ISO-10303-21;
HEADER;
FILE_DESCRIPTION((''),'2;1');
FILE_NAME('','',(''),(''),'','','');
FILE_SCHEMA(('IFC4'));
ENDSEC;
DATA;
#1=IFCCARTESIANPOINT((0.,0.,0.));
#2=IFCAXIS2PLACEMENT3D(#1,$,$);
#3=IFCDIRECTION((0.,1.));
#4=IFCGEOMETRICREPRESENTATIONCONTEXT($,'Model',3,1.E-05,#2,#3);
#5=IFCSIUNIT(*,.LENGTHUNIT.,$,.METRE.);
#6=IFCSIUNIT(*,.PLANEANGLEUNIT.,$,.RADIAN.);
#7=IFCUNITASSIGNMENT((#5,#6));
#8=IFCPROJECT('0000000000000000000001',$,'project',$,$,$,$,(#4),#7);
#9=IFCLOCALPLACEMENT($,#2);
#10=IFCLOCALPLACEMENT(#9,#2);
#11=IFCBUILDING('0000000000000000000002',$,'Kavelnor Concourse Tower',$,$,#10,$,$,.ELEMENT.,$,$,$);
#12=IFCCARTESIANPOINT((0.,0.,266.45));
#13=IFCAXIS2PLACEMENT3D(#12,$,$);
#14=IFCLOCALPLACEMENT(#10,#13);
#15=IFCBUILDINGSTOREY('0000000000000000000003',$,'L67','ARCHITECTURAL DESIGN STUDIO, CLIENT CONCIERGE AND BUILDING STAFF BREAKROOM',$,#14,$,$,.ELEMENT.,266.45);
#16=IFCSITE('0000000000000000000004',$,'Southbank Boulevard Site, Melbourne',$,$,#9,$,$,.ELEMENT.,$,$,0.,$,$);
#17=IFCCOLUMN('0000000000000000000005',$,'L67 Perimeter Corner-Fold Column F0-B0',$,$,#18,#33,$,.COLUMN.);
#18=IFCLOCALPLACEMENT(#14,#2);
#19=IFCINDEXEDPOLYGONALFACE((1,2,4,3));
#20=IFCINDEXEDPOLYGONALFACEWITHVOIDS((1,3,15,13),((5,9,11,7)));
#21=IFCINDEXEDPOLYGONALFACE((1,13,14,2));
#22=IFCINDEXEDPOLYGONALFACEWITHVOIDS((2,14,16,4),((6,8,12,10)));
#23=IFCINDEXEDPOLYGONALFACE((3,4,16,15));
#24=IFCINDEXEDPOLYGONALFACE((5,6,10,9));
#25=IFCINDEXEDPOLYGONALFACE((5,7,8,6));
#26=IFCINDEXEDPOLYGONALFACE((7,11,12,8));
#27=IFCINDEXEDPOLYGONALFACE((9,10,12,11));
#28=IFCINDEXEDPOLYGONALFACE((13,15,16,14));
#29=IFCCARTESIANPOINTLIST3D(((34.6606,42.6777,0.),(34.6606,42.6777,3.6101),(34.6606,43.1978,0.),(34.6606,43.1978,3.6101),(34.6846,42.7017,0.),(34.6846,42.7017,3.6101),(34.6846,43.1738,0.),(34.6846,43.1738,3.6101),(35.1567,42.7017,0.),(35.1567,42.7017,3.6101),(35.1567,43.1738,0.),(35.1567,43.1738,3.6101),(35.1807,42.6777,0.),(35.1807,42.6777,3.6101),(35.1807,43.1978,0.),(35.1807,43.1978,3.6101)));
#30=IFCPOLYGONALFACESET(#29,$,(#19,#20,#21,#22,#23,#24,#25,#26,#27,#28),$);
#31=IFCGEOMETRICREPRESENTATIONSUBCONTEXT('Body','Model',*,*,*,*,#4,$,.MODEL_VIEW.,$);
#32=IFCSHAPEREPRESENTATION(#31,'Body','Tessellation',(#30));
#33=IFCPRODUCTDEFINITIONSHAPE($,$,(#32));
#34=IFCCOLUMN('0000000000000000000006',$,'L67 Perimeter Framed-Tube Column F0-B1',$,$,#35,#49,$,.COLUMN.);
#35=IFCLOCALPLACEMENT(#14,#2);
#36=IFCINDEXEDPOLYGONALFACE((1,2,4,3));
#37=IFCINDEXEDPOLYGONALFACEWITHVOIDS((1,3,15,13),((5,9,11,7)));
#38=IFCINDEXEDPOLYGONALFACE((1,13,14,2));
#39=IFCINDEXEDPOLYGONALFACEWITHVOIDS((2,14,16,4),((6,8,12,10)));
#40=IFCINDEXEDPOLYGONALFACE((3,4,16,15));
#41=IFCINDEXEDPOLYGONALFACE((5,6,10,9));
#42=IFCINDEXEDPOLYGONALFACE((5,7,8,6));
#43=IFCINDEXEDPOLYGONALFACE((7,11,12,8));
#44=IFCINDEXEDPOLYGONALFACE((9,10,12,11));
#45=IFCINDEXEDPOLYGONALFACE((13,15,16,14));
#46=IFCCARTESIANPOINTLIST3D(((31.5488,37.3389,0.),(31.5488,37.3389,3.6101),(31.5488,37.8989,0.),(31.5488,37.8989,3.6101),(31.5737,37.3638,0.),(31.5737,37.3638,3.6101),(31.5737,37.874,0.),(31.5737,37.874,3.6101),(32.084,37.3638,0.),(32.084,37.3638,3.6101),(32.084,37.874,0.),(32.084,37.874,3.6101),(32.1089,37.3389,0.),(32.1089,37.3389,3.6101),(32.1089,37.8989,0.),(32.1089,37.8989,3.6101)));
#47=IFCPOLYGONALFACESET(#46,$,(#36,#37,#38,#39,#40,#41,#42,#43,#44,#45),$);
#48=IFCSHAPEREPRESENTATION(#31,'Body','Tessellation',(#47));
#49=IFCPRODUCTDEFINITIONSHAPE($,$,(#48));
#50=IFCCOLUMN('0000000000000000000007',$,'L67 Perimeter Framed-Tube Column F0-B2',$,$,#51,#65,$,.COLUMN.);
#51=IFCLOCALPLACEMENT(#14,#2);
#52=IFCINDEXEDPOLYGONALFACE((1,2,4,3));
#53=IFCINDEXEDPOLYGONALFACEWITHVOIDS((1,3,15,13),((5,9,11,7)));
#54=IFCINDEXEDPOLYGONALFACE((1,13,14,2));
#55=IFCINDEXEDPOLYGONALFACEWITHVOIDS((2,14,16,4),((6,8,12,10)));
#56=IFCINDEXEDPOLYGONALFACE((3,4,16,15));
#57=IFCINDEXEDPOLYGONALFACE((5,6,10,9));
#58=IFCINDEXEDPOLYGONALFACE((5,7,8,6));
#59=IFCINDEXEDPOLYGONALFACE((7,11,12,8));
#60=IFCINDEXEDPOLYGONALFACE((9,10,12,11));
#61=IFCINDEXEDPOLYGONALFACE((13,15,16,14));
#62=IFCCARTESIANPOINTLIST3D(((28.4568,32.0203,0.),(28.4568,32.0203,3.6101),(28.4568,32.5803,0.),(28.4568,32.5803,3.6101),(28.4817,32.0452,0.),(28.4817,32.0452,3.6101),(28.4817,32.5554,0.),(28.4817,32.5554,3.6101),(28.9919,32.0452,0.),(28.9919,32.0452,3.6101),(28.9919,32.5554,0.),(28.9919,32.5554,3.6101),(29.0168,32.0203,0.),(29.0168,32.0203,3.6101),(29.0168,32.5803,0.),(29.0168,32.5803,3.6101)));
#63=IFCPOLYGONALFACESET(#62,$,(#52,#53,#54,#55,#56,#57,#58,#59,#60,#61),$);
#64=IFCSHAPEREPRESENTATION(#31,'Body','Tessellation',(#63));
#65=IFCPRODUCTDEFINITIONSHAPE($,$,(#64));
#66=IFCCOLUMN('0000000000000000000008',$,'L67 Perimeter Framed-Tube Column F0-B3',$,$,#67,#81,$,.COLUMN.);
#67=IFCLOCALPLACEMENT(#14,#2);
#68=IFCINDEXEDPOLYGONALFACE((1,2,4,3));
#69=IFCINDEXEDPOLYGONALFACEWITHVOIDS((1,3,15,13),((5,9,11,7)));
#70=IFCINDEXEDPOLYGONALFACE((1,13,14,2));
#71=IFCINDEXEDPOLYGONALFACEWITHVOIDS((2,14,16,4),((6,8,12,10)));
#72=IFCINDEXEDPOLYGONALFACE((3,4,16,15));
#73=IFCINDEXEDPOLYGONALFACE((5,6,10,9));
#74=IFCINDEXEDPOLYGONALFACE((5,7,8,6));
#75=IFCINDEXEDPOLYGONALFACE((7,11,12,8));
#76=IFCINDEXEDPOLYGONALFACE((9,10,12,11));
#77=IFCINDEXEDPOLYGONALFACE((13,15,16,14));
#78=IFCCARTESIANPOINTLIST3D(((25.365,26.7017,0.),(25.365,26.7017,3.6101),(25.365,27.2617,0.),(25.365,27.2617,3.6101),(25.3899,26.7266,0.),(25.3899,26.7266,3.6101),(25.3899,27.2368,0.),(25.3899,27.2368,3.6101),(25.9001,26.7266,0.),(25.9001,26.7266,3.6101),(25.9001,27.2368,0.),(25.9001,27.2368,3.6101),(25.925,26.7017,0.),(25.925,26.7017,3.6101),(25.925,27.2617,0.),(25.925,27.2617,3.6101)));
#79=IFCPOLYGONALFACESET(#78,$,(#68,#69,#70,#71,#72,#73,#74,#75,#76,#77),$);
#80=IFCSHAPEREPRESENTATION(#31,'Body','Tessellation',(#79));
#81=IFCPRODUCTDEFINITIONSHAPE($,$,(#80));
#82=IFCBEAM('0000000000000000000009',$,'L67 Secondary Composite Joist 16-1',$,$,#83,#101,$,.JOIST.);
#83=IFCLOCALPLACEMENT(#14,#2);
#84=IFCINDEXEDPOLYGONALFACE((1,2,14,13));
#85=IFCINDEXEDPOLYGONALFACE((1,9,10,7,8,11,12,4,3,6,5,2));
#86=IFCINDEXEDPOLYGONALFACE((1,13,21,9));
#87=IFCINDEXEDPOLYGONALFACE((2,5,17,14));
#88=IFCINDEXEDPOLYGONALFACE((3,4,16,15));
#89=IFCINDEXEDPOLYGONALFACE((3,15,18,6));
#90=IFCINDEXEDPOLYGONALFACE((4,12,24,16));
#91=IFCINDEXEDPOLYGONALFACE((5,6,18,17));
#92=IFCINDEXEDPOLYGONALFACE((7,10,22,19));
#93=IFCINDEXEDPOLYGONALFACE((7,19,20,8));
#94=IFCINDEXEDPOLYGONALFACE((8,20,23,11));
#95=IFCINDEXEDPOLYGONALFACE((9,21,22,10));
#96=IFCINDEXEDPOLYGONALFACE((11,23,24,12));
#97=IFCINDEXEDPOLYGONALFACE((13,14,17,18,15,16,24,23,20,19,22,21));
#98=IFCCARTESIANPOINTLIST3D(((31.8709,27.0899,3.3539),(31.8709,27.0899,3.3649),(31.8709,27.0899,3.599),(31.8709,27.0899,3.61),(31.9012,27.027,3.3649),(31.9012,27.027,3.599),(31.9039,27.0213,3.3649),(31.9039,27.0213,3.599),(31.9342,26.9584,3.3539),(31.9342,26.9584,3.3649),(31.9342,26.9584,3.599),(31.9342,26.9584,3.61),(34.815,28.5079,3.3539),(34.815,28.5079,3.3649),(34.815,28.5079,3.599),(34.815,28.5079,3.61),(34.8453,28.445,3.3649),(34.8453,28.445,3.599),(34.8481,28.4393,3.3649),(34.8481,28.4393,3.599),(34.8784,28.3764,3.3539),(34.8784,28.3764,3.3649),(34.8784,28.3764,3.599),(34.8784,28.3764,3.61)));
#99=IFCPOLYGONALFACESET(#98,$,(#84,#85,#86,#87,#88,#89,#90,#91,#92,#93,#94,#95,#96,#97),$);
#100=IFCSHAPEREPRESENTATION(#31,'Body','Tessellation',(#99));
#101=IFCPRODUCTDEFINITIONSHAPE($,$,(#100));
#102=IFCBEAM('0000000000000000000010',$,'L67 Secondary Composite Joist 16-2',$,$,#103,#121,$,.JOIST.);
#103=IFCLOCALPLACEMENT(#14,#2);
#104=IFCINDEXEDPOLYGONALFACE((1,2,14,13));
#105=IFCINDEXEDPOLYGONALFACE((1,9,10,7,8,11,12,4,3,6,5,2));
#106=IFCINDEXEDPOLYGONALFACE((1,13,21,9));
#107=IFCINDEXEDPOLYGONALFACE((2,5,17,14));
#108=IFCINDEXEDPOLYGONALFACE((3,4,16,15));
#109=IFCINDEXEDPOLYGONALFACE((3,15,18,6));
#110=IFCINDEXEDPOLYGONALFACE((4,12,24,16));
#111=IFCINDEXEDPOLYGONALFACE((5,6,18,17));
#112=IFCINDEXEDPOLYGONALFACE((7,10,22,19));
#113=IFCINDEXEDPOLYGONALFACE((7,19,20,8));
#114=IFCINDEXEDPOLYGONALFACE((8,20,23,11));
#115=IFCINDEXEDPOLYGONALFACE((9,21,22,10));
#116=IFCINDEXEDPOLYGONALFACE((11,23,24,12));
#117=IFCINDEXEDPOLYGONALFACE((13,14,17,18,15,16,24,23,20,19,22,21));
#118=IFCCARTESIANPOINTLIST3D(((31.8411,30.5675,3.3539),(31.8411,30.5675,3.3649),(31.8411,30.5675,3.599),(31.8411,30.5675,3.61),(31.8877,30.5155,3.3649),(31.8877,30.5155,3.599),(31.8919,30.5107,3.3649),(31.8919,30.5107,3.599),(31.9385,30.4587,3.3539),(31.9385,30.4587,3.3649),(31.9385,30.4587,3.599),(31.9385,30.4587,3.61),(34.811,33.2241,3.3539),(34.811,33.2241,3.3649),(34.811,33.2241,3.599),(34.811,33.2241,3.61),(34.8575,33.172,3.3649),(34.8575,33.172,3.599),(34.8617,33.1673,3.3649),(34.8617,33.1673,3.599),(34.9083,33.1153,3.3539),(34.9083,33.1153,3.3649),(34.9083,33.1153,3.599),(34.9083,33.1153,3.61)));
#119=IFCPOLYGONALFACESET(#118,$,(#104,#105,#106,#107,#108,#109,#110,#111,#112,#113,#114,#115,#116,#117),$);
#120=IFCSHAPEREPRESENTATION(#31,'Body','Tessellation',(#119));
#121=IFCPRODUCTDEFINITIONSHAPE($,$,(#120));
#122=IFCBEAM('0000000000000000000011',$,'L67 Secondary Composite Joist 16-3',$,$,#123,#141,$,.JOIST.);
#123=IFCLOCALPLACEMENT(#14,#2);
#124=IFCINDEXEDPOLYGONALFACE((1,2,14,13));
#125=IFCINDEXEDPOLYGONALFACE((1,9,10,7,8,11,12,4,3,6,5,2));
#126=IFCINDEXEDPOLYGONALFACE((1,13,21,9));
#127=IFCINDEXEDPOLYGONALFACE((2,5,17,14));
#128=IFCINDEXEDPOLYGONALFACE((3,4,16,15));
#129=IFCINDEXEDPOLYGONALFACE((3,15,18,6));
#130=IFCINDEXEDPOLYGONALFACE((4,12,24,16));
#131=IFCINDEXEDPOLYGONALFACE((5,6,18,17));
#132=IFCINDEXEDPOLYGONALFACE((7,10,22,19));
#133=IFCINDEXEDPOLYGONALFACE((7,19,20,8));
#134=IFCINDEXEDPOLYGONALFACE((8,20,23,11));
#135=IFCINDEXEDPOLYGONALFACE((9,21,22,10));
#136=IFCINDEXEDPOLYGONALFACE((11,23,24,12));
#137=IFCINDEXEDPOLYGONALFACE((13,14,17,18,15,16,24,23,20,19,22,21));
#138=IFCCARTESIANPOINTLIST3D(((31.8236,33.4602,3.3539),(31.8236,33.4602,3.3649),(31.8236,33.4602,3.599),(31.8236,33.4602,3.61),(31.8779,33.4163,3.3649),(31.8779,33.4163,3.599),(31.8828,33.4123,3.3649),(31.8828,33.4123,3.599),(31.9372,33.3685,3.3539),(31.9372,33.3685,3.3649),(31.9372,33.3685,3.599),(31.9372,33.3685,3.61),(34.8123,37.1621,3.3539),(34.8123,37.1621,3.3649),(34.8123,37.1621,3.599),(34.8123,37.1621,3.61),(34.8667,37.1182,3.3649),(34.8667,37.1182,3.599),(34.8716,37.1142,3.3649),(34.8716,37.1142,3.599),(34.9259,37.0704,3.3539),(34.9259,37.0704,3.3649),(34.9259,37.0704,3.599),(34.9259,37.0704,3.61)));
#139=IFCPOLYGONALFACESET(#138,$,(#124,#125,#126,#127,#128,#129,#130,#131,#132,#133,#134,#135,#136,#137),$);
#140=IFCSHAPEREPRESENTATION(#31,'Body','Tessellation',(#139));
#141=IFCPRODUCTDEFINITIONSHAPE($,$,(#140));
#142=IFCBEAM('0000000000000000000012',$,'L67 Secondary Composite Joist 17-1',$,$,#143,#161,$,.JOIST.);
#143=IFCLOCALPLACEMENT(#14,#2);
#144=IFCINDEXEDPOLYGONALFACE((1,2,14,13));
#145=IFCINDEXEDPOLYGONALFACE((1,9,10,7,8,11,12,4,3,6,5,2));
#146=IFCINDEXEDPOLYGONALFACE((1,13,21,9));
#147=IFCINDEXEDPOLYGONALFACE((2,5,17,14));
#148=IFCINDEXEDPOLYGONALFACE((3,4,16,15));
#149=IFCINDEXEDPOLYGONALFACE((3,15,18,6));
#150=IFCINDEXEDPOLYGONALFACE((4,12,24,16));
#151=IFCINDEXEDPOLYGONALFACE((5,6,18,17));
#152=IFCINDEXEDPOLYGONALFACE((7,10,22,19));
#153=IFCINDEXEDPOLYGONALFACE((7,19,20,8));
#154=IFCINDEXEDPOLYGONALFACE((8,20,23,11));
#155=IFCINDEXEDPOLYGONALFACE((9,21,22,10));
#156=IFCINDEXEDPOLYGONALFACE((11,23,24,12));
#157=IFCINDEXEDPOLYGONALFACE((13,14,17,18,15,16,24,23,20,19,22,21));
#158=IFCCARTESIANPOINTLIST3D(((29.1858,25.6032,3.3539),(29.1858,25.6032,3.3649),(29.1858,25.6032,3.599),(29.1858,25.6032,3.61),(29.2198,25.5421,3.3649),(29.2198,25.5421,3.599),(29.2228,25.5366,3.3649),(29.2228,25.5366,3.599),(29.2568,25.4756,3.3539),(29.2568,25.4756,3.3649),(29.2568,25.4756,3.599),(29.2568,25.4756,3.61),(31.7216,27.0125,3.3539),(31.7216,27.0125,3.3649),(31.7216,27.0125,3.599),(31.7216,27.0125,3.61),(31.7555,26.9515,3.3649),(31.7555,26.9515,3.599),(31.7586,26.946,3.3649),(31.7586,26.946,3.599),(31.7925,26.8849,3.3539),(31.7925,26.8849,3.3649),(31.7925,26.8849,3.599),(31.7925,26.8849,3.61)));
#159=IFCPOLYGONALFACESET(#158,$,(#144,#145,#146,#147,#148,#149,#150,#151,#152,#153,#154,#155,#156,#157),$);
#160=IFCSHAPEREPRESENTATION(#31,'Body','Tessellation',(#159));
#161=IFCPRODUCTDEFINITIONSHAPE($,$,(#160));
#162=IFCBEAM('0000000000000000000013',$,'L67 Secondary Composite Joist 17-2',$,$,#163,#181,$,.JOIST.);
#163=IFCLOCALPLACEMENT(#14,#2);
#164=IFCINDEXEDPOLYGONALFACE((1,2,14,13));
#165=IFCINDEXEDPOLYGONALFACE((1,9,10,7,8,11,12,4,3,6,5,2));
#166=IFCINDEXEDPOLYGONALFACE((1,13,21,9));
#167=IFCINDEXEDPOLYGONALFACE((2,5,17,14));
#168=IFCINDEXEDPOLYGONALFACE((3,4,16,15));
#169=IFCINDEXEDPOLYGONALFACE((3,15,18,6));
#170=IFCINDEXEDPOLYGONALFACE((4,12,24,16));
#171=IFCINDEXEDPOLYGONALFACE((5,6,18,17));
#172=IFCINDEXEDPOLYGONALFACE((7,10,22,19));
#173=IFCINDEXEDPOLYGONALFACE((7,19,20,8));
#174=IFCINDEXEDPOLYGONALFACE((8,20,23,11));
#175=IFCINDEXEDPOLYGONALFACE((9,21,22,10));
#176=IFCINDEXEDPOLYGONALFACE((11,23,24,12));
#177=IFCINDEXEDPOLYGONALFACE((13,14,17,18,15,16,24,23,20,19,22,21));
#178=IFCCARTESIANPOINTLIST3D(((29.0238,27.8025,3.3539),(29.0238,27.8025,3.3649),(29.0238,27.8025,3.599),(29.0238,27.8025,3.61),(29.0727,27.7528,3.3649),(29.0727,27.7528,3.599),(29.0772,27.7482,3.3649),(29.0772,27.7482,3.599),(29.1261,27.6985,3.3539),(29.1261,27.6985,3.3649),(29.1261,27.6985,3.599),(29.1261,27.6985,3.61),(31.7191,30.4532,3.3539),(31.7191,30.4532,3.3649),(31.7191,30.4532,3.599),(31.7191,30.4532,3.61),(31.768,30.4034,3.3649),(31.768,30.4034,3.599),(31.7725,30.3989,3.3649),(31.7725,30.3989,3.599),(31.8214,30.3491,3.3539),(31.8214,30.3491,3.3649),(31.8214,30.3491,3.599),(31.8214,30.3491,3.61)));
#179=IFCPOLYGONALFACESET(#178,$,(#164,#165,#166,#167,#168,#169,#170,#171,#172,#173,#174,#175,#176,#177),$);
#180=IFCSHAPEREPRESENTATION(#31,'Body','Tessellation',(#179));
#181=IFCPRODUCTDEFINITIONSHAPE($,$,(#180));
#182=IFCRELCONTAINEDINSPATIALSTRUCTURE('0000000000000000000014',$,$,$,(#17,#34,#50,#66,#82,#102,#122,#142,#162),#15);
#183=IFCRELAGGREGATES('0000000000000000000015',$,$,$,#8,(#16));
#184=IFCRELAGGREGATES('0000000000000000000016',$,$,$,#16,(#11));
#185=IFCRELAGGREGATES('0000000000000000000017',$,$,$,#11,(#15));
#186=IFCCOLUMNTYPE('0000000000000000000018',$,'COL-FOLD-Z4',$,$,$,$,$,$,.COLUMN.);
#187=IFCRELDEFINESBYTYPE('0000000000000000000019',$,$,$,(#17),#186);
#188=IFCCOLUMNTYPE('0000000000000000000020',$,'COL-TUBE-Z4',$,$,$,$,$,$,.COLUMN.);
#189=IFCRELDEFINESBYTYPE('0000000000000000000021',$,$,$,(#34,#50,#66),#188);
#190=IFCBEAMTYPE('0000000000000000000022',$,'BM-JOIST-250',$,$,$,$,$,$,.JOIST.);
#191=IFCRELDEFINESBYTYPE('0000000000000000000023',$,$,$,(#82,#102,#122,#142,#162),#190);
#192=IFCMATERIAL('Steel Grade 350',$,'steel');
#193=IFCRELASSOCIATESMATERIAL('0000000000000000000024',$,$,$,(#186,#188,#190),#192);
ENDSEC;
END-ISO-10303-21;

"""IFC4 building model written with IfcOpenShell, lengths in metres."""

from ifc_helpers import new_model, si_unit, direction, frame, origin, origin_2d, place, context, subcontext, project, spatial, hollow_rectangle, i_section, extrude, material, material_profile, profile_set, type_object, element, save


model = new_model("IFC4")

# Units and contexts
model_context = context("Model", 3, precision=1e-05, world=origin(), true_north=direction((0.0, 1.0)))
body_context = subcontext(model_context, "Body", "Model", "MODEL_VIEW")
ifc_project = project(units=[si_unit("LENGTHUNIT", "METRE"), si_unit("PLANEANGLEUNIT", "RADIAN")], contexts=[model_context])

# Site, building, storey
site_placement = place(None, origin())
site = spatial("IfcSite", under=ifc_project, at=site_placement, Name="Southbank Boulevard Site, Melbourne", CompositionType="ELEMENT", RefElevation=0.0)
building_placement = place(site_placement, origin())
building = spatial("IfcBuilding", under=site, at=building_placement, Name="Kavelnor Concourse Tower", CompositionType="ELEMENT")
storey_placement = place(building_placement, frame((0.0, 0.0, 266.45)))
storey = spatial("IfcBuildingStorey", under=building, at=storey_placement, Name="L67", Description="ARCHITECTURAL DESIGN STUDIO, CLIENT CONCIERGE AND BUILDING STAFF BREAKROOM", CompositionType="ELEMENT", Elevation=266.45)

# Columns
ifc_material_1 = material(Name="Steel Grade 350", Category="steel")
ifc_material_profile_1 = material_profile(ifc_material_1, hollow_rectangle(XDim=0.52, YDim=0.52, WallThickness=0.0239, at=origin_2d()), Name="SHS 520x520x24")
ifc_profile_set_1 = profile_set([ifc_material_profile_1], Name="Steel Grade 350")
column_type_1 = type_object("IfcColumnType", Name="COL-FOLD-Z4", PredefinedType="COLUMN", material=ifc_profile_set_1)
column_placement = place(storey_placement, frame((34.9207, 42.9377, 0.0), z_axis=(0.0, 0.0, 1.0), x_axis=(1.0, 0.0, 0.0)))
element("IfcColumn", 1, at=column_placement, inside=storey, type_object=column_type_1, Name="L67 Perimeter Corner-Fold Column F0-B0", PredefinedType="COLUMN", context=body_context, shape_type="SweptSolid", body=[
    extrude(hollow_rectangle(XDim=0.52, YDim=0.52, WallThickness=0.0239, at=origin_2d()), origin(), (0.0, 0.0, 1.0), 3.6101),
])
ifc_material_profile_2 = material_profile(ifc_material_1, hollow_rectangle(XDim=0.5601, YDim=0.5601, WallThickness=0.0249, at=origin_2d()), Name="SHS 560x560x25")
ifc_profile_set_2 = profile_set([ifc_material_profile_2], Name="Steel Grade 350")
column_type_2 = type_object("IfcColumnType", Name="COL-TUBE-Z4", PredefinedType="COLUMN", material=ifc_profile_set_2)
for number, where, z_axis, x_axis, name in (
    (2, (31.8289, 37.6189, 0.0), (0.0, 0.0, 1.0), (1.0, 0.0, 0.0), "L67 Perimeter Framed-Tube Column F0-B1"),
    (3, (28.7368, 32.3003, 0.0), (0.0, 0.0, 1.0), (1.0, 0.0, 0.0), "L67 Perimeter Framed-Tube Column F0-B2"),
    (4, (25.645, 26.9817, 0.0), (0.0, 0.0, 1.0), (1.0, 0.0, 0.0), "L67 Perimeter Framed-Tube Column F0-B3"),
):
    element("IfcColumn", number, at=place(storey_placement, frame(where, z_axis=z_axis, x_axis=x_axis)), inside=storey, type_object=column_type_2, Name=name, PredefinedType="COLUMN", context=body_context, shape_type="SweptSolid", body=[
        extrude(hollow_rectangle(XDim=0.5601, YDim=0.5601, WallThickness=0.0249, at=origin_2d()), origin(), (0.0, 0.0, 1.0), 3.6101),
    ])

# Beams
ifc_material_profile_3 = material_profile(ifc_material_1, i_section(OverallWidth=0.146, OverallDepth=0.2561, WebThickness=0.0063, FlangeThickness=0.011, at=origin_2d()), Name="250UB37")
ifc_profile_set_3 = profile_set([ifc_material_profile_3], Name="Steel Grade 350")
beam_type_1 = type_object("IfcBeamType", Name="BM-JOIST-250", PredefinedType="JOIST", material=ifc_profile_set_3)
beam_1_placement = place(storey_placement, frame((34.8467, 28.4421, 3.4819), z_axis=(-0.900949, -0.433926, 0.0), x_axis=(0.433926, -0.900949, 0.0)))
element("IfcBeam", 5, at=beam_1_placement, inside=storey, type_object=beam_type_1, Name="L67 Secondary Composite Joist 16-1", PredefinedType="JOIST", context=body_context, shape_type="SweptSolid", body=[
    extrude(i_section(OverallWidth=0.146, OverallDepth=0.2561, WebThickness=0.0063, FlangeThickness=0.011, at=origin_2d()), origin(), (0.0, 0.0, 1.0), 3.2678),
])
beam_2_placement = place(storey_placement, frame((34.8596, 33.1697, 3.4819), z_axis=(-0.74532, -0.666707, 0.0), x_axis=(0.666707, -0.74532, 0.0)))
element("IfcBeam", 6, at=beam_2_placement, inside=storey, type_object=beam_type_1, Name="L67 Secondary Composite Joist 16-2", PredefinedType="JOIST", context=body_context, shape_type="SweptSolid", body=[
    extrude(i_section(OverallWidth=0.146, OverallDepth=0.2561, WebThickness=0.0063, FlangeThickness=0.011, at=origin_2d()), origin(), (0.0, 0.0, 1.0), 3.9846),
])
beam_3_placement = place(storey_placement, frame((34.8691, 37.1162, 3.4819), z_axis=(-0.628181, -0.778068, 0.0), x_axis=(0.778068, -0.628181, 0.0)))
element("IfcBeam", 7, at=beam_3_placement, inside=storey, type_object=beam_type_1, Name="L67 Secondary Composite Joist 16-3", PredefinedType="JOIST", context=body_context, shape_type="SweptSolid", body=[
    extrude(i_section(OverallWidth=0.146, OverallDepth=0.2561, WebThickness=0.0063, FlangeThickness=0.011, at=origin_2d()), origin(), (0.0, 0.0, 1.0), 4.7578),
])
beam_4_placement = place(storey_placement, frame((31.7571, 26.9487, 3.4819), z_axis=(-0.87407, -0.4858, 0.0), x_axis=(0.4858, -0.87407, 0.0)))
element("IfcBeam", 8, at=beam_4_placement, inside=storey, type_object=beam_type_1, Name="L67 Secondary Composite Joist 17-1", PredefinedType="JOIST", context=body_context, shape_type="SweptSolid", body=[
    extrude(i_section(OverallWidth=0.146, OverallDepth=0.2561, WebThickness=0.0063, FlangeThickness=0.011, at=origin_2d()), origin(), (0.0, 0.0, 1.0), 2.9011),
])
beam_5_placement = place(storey_placement, frame((31.7703, 30.4011, 3.4819), z_axis=(-0.712991, -0.701173, 0.0), x_axis=(0.701173, -0.712991, 0.0)))
element("IfcBeam", 9, at=beam_5_placement, inside=storey, type_object=beam_type_1, Name="L67 Secondary Composite Joist 17-2", PredefinedType="JOIST", context=body_context, shape_type="SweptSolid", body=[
    extrude(i_section(OverallWidth=0.146, OverallDepth=0.2561, WebThickness=0.0063, FlangeThickness=0.011, at=origin_2d()), origin(), (0.0, 0.0, 1.0), 3.7803),
])

save(model, "model.ifc")
